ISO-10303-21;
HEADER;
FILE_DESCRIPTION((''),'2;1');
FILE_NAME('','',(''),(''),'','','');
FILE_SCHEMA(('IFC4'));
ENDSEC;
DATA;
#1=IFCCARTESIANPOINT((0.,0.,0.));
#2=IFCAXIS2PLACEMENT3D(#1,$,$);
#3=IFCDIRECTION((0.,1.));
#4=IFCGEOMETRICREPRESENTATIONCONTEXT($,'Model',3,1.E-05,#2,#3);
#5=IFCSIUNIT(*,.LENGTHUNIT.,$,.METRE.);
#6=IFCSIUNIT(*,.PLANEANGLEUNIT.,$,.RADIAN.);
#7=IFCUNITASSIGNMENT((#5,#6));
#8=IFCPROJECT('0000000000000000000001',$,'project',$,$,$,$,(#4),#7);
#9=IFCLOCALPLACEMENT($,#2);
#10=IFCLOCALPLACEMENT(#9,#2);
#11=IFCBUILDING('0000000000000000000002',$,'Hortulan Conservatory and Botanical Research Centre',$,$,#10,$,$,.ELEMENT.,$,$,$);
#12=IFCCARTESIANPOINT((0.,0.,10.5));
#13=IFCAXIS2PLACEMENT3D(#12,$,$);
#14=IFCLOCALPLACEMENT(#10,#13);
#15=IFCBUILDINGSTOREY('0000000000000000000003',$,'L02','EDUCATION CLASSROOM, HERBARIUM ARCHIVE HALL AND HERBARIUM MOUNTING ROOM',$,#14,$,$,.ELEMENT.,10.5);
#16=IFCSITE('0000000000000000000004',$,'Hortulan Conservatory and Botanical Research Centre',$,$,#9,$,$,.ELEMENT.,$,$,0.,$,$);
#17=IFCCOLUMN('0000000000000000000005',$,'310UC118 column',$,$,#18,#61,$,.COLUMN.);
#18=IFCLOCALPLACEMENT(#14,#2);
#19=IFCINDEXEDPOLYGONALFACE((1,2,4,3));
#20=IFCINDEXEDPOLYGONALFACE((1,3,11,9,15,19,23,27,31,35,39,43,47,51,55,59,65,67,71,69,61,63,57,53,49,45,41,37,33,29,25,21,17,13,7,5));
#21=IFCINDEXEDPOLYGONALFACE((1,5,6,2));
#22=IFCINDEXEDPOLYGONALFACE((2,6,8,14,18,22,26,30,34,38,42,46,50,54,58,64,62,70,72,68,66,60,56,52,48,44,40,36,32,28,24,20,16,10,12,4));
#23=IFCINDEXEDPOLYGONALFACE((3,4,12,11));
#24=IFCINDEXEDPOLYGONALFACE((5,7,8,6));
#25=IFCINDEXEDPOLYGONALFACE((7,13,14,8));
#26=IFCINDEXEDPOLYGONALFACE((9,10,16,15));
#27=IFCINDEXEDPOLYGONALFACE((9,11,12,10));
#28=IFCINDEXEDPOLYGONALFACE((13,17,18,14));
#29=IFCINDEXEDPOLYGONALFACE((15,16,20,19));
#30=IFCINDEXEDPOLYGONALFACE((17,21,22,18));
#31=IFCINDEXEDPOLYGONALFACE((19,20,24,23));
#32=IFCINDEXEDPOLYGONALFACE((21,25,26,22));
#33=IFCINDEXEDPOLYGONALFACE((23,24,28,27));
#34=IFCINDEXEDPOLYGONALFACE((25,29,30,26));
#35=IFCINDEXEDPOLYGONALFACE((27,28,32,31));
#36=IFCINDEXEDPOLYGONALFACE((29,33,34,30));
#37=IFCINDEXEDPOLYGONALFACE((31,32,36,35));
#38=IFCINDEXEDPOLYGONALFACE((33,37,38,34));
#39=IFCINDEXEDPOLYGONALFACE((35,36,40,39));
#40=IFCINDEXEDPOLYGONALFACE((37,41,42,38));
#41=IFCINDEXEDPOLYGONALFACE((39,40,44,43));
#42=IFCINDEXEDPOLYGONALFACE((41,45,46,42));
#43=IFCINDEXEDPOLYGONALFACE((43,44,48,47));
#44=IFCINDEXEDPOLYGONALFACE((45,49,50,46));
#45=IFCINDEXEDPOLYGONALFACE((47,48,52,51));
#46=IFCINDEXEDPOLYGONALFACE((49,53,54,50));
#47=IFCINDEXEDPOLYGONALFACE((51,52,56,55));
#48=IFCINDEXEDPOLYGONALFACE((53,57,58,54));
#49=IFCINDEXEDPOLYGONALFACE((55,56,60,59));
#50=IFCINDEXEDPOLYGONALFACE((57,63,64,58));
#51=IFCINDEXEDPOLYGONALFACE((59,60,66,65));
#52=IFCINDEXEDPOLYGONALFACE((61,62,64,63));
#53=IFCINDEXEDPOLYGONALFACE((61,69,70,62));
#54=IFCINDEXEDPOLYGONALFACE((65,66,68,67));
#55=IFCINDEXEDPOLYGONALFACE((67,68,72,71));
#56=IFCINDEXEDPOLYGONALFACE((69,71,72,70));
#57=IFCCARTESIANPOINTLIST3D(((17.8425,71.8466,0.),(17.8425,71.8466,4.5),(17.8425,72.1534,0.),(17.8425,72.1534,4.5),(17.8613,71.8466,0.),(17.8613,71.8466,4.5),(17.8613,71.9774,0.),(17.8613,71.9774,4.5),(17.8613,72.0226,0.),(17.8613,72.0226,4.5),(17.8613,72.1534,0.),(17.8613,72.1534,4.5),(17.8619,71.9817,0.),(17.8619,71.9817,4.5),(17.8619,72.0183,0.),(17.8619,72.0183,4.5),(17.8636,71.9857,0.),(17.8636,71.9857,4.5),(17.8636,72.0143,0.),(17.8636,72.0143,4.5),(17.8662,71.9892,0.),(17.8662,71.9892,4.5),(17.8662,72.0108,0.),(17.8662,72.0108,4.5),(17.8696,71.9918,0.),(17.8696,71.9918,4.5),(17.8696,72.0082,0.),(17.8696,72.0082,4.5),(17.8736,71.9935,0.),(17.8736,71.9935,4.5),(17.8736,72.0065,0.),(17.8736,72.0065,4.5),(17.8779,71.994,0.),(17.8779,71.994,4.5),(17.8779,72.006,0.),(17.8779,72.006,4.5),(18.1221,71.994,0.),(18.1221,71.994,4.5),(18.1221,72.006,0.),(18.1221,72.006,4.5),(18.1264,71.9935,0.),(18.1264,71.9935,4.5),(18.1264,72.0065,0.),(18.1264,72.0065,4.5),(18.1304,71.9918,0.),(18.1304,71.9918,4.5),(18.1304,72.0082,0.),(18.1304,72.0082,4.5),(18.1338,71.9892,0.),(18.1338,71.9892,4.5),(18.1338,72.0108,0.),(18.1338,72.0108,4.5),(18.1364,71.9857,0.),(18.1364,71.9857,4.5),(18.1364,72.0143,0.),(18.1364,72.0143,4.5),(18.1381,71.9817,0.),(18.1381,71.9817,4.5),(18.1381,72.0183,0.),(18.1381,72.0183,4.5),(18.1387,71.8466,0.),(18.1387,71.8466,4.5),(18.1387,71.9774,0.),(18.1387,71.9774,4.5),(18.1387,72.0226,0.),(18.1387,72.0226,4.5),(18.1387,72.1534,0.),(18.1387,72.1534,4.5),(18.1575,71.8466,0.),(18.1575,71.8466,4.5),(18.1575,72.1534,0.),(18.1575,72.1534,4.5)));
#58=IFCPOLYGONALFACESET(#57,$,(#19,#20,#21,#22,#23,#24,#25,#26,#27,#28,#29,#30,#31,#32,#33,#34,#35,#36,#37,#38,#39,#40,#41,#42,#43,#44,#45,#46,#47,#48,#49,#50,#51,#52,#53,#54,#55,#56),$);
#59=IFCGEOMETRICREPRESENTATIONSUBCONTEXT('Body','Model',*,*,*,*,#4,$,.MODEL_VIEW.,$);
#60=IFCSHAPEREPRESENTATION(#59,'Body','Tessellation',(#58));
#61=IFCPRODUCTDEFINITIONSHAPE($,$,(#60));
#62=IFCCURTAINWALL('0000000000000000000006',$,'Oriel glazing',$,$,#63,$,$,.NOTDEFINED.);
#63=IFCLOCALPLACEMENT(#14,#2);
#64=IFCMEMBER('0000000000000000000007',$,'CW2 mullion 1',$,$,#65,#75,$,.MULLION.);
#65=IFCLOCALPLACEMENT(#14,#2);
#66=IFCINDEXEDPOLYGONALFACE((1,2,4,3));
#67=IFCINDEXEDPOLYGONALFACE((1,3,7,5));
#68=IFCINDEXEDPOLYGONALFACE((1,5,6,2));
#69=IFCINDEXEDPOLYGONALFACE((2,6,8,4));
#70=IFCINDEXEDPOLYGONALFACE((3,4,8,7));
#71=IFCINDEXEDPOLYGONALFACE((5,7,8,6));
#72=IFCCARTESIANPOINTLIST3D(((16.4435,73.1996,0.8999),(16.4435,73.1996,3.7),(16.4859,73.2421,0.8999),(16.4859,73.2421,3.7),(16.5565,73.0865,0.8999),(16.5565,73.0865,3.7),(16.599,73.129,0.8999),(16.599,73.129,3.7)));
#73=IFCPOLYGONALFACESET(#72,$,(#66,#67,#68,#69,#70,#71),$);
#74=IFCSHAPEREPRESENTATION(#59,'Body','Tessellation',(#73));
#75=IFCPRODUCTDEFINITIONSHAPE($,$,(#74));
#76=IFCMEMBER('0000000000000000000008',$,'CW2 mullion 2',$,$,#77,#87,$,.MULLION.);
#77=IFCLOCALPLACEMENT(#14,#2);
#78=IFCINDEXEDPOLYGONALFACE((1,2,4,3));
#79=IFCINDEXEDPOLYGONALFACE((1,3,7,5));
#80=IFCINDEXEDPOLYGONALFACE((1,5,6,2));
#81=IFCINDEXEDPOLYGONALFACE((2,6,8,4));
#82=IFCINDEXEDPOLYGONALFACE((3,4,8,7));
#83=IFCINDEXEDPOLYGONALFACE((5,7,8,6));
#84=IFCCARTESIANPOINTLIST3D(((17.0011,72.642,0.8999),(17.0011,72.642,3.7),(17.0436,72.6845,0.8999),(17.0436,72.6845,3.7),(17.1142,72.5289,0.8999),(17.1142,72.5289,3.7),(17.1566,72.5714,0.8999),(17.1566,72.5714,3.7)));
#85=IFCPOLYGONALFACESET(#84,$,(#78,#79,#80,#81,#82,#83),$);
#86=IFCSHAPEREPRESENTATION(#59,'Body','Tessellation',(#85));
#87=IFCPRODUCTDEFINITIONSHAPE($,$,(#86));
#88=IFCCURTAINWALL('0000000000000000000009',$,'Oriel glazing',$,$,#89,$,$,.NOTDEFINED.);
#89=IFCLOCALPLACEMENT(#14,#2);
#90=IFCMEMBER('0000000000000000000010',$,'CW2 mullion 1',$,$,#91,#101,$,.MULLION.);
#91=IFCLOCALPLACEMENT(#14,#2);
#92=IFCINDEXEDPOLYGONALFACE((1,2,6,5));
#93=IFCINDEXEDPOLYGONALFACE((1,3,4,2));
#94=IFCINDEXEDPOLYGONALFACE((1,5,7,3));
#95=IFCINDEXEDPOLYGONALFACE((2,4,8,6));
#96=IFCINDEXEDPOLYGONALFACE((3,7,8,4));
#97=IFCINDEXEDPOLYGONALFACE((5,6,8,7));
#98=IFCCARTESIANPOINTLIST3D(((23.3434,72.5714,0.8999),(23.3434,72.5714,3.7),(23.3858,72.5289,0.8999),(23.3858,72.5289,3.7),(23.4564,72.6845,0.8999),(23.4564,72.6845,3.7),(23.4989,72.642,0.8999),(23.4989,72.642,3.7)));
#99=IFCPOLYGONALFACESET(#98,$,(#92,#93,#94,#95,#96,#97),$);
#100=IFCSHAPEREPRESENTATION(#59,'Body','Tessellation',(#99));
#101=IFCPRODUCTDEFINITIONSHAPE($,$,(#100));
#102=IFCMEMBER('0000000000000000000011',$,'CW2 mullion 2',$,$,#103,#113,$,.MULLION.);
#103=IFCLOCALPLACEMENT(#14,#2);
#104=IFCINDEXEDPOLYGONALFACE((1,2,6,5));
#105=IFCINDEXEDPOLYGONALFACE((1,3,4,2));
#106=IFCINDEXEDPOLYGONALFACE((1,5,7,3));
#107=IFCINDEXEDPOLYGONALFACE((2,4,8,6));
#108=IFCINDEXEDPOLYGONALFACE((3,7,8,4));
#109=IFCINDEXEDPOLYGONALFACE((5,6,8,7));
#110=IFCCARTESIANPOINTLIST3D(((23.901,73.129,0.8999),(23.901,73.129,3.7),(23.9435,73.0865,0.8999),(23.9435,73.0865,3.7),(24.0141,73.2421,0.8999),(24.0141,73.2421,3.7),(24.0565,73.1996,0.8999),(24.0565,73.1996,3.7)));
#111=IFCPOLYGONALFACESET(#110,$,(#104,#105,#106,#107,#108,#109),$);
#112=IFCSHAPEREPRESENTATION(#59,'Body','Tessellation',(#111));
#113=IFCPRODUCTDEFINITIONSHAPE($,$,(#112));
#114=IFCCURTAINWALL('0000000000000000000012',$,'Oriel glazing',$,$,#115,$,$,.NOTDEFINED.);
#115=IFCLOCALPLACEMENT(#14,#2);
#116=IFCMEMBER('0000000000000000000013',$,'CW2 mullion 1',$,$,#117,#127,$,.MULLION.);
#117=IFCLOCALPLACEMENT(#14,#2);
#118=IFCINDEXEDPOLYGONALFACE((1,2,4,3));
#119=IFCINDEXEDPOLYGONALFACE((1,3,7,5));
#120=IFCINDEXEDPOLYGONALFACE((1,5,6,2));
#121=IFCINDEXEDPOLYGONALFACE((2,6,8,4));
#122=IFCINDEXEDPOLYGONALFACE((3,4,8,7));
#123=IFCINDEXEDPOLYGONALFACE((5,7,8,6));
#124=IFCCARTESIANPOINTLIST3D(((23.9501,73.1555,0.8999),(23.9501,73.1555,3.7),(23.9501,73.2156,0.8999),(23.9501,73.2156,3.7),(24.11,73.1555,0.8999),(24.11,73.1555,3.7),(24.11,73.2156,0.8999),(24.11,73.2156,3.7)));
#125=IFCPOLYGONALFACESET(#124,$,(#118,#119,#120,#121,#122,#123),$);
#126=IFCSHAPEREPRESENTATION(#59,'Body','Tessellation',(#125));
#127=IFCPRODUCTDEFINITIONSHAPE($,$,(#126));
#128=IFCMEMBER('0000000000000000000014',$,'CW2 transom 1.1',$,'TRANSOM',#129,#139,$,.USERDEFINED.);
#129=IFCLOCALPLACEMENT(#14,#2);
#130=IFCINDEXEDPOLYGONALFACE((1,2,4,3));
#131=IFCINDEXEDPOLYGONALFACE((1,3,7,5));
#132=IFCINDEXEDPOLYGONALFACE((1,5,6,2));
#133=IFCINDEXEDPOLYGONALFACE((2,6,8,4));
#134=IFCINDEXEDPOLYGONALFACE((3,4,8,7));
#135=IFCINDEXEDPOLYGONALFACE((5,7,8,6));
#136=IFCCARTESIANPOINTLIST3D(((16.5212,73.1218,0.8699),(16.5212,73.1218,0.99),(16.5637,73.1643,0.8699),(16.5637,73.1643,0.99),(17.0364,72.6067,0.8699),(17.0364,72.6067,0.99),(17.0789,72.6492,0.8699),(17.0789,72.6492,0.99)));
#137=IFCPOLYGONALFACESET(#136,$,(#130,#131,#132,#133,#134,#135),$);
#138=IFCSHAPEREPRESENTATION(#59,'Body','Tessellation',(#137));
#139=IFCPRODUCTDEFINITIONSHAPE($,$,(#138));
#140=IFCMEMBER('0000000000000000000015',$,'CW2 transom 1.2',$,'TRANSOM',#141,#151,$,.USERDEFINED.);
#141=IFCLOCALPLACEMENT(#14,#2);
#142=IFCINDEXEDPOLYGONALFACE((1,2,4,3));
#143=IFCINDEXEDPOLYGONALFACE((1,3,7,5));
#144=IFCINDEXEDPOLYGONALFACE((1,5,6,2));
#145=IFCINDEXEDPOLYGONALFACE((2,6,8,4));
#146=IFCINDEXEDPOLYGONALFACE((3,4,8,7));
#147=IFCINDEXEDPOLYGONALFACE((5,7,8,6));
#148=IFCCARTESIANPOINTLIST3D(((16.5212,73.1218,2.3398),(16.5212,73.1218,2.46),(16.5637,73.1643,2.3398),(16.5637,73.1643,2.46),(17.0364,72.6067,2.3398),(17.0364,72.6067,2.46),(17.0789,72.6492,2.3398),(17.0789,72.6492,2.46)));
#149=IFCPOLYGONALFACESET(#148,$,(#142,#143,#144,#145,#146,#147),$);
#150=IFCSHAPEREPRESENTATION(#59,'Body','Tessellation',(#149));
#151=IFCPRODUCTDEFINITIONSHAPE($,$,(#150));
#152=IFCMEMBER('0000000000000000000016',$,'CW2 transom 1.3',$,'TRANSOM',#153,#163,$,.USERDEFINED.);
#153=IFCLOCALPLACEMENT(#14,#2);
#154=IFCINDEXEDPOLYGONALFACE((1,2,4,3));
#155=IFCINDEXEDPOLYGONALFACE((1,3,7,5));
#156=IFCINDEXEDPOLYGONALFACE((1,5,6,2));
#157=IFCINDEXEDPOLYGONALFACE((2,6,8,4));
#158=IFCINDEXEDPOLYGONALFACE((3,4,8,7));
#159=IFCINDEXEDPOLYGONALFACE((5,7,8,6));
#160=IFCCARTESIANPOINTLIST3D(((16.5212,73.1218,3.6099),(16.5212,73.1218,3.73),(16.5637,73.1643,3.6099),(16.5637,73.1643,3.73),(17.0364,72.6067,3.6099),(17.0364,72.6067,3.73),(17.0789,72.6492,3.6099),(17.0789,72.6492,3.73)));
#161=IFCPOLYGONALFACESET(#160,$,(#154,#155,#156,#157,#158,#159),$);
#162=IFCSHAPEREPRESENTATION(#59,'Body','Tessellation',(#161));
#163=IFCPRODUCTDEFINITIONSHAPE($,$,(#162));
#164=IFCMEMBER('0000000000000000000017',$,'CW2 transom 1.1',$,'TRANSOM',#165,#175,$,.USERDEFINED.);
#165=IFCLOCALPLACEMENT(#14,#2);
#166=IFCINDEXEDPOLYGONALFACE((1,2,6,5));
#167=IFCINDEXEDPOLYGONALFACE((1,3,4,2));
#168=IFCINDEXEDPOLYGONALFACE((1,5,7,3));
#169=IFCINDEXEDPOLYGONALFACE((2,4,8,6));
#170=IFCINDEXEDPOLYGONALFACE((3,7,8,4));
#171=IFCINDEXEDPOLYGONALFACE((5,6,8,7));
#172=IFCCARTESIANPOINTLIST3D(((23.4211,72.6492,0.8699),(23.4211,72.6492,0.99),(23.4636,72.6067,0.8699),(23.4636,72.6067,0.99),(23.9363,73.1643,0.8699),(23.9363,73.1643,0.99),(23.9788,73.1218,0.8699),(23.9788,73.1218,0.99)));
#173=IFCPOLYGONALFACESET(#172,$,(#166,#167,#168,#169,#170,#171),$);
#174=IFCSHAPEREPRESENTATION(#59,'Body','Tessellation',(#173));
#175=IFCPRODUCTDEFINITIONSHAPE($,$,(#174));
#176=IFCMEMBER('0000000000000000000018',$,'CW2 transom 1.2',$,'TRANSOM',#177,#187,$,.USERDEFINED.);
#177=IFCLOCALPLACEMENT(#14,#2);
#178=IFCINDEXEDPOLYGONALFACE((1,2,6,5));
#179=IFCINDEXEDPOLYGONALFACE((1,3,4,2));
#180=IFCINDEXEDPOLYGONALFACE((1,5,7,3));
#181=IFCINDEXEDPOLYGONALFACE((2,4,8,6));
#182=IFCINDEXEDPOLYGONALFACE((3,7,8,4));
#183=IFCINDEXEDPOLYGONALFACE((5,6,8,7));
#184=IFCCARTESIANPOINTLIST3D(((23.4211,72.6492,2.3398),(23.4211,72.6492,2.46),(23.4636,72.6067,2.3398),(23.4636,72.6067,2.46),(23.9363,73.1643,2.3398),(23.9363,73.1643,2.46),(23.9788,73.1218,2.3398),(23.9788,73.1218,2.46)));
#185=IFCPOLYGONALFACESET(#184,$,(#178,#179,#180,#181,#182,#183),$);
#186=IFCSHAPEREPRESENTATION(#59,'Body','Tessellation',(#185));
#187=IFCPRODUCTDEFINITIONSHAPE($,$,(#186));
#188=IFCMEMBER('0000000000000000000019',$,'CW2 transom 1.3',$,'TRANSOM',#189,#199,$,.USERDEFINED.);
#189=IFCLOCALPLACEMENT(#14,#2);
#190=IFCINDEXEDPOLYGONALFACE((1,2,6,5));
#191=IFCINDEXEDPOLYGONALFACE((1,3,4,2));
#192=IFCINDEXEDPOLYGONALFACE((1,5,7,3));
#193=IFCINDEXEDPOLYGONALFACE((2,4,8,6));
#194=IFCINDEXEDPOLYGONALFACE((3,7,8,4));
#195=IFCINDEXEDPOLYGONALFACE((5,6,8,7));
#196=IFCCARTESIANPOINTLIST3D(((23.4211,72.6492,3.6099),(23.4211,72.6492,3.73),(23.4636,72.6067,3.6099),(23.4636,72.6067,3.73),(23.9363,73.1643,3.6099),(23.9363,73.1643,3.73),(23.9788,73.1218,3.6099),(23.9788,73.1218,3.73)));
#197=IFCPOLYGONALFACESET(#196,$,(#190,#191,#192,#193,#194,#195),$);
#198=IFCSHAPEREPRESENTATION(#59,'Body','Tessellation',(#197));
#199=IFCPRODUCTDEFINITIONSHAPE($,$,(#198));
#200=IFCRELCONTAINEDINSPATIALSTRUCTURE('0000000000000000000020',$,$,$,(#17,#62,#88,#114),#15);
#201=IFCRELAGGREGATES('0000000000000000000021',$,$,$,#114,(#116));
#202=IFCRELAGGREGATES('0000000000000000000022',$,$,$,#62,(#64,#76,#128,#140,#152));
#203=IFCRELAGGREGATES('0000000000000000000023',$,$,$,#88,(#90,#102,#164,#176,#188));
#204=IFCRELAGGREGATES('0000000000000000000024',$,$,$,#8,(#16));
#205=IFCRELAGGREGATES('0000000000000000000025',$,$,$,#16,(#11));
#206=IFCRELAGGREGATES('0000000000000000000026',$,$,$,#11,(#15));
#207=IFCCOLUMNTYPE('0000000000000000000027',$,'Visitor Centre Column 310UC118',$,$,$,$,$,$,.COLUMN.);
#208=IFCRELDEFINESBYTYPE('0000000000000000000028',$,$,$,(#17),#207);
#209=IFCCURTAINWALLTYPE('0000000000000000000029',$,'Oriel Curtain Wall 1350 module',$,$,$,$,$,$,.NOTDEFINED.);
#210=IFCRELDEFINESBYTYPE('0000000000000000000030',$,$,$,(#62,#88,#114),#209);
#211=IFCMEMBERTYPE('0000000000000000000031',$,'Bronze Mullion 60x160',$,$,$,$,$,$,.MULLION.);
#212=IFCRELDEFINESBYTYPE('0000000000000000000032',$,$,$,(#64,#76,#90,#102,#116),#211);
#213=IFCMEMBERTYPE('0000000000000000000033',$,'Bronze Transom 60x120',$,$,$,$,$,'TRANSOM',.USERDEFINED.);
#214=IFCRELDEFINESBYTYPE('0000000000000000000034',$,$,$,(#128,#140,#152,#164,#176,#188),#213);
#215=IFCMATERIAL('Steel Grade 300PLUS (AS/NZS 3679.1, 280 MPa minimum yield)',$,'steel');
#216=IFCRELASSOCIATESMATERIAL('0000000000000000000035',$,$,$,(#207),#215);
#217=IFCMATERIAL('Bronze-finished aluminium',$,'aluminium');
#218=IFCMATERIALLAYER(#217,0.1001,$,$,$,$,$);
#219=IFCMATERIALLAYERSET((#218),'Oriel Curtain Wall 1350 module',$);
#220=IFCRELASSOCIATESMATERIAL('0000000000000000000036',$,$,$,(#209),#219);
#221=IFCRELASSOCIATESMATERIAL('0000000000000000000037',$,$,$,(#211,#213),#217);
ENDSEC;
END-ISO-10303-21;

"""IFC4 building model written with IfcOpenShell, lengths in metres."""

from ifc_helpers import new_model, si_unit, direction, frame, origin, origin_2d, place, context, subcontext, project, spatial, rectangle, i_section, extrude, material, layer, layer_set, material_profile, profile_set, type_object, element, aggregate, save


model = new_model("IFC4")

# Units and contexts
model_context = context("Model", 3, precision=1e-05, world=origin(), true_north=direction((0.0, 1.0)))
body_context = subcontext(model_context, "Body", "Model", "MODEL_VIEW")
ifc_project = project(units=[si_unit("LENGTHUNIT", "METRE"), si_unit("PLANEANGLEUNIT", "RADIAN")], contexts=[model_context])

# Site, building, storey
site_placement = place(None, origin())
site = spatial("IfcSite", under=ifc_project, at=site_placement, Name="Hortulan Conservatory and Botanical Research Centre", CompositionType="ELEMENT", RefElevation=0.0)
building_placement = place(site_placement, origin())
building = spatial("IfcBuilding", under=site, at=building_placement, Name="Hortulan Conservatory and Botanical Research Centre", CompositionType="ELEMENT")
storey_placement = place(building_placement, frame((0.0, 0.0, 10.5)))
storey = spatial("IfcBuildingStorey", under=building, at=storey_placement, Name="L02", Description="EDUCATION CLASSROOM, HERBARIUM ARCHIVE HALL AND HERBARIUM MOUNTING ROOM", CompositionType="ELEMENT", Elevation=10.5)

# Column
ifc_material_1 = material(Name="Steel Grade 300PLUS (AS/NZS 3679.1, 280 MPa minimum yield)", Category="steel")
ifc_material_profile_1 = material_profile(ifc_material_1, i_section(OverallWidth=0.3069, OverallDepth=0.3149, WebThickness=0.012, FlangeThickness=0.0188, FilletRadius=0.0166, at=origin_2d()), Name="310UC118")
ifc_profile_set_1 = profile_set([ifc_material_profile_1], Name="Steel Grade 300PLUS (AS/NZS 3679.1, 280 MPa minimum yield)")
column_type = type_object("IfcColumnType", Name="Visitor Centre Column 310UC118", PredefinedType="COLUMN", material=ifc_profile_set_1)
column_placement = place(storey_placement, frame((18.0, 72.0, 0.0), z_axis=(0.0, 0.0, 1.0), x_axis=(0.0, 1.0, 0.0)))
element("IfcColumn", 1, at=column_placement, inside=storey, type_object=column_type, Name="310UC118 column", PredefinedType="COLUMN", context=body_context, shape_type="SweptSolid", body=[
    extrude(i_section(OverallWidth=0.3069, OverallDepth=0.3149, WebThickness=0.012, FlangeThickness=0.0188, FilletRadius=0.0166, at=origin_2d()), origin(), (0.0, 0.0, 1.0), 4.5),
])

# Curtain walls, members
ifc_material_2 = material(Name="Bronze-finished aluminium", Category="aluminium")
ifc_layer_1 = layer(ifc_material_2, 0.1001)
ifc_layer_set_1 = layer_set([ifc_layer_1], Name="Oriel Curtain Wall 1350 module")
curtain_wall_type = type_object("IfcCurtainWallType", Name="Oriel Curtain Wall 1350 module", PredefinedType="NOTDEFINED", material=ifc_layer_set_1)
curtain_wall_1_placement = place(storey_placement, origin())
curtain_wall_1 = element("IfcCurtainWall", 2, at=curtain_wall_1_placement, inside=storey, type_object=curtain_wall_type, Name="Oriel glazing", PredefinedType="NOTDEFINED")
ifc_material_profile_2 = material_profile(ifc_material_2, rectangle(XDim=0.0601, YDim=0.1599, at=origin_2d()), Name="Bronze Mullion 60x160")
ifc_profile_set_2 = profile_set([ifc_material_profile_2], Name="Bronze-finished aluminium")
member_type_1 = type_object("IfcMemberType", Name="Bronze Mullion 60x160", PredefinedType="MULLION", material=ifc_profile_set_2)
member_1_placement = place(storey_placement, frame((16.5212, 73.1643, 0.8999), z_axis=(0.0, 0.0, 1.0), x_axis=(0.707107, 0.707107, 0.0)))
member_1 = element("IfcMember", 3, at=member_1_placement, type_object=member_type_1, Name="CW2 mullion 1", PredefinedType="MULLION", context=body_context, shape_type="SweptSolid", body=[
    extrude(rectangle(XDim=0.0601, YDim=0.1599, at=origin_2d()), origin(), (0.0, 0.0, 1.0), 2.8),
])
member_2_placement = place(storey_placement, frame((17.0789, 72.6067, 0.8999), z_axis=(0.0, 0.0, 1.0), x_axis=(0.707107, 0.707107, 0.0)))
member_2 = element("IfcMember", 4, at=member_2_placement, type_object=member_type_1, Name="CW2 mullion 2", PredefinedType="MULLION", context=body_context, shape_type="SweptSolid", body=[
    extrude(rectangle(XDim=0.0601, YDim=0.1599, at=origin_2d()), origin(), (0.0, 0.0, 1.0), 2.8),
])
curtain_wall_2_placement = place(storey_placement, origin())
curtain_wall_2 = element("IfcCurtainWall", 5, at=curtain_wall_2_placement, inside=storey, type_object=curtain_wall_type, Name="Oriel glazing", PredefinedType="NOTDEFINED")
member_3_placement = place(storey_placement, frame((23.4211, 72.6067, 0.8999), z_axis=(0.0, 0.0, 1.0), x_axis=(-0.707107, 0.707107, 0.0)))
member_3 = element("IfcMember", 6, at=member_3_placement, type_object=member_type_1, Name="CW2 mullion 1", PredefinedType="MULLION", context=body_context, shape_type="SweptSolid", body=[
    extrude(rectangle(XDim=0.0601, YDim=0.1599, at=origin_2d()), origin(), (0.0, 0.0, 1.0), 2.8),
])
member_4_placement = place(storey_placement, frame((23.9788, 73.1643, 0.8999), z_axis=(0.0, 0.0, 1.0), x_axis=(-0.707107, 0.707107, 0.0)))
member_4 = element("IfcMember", 7, at=member_4_placement, type_object=member_type_1, Name="CW2 mullion 2", PredefinedType="MULLION", context=body_context, shape_type="SweptSolid", body=[
    extrude(rectangle(XDim=0.0601, YDim=0.1599, at=origin_2d()), origin(), (0.0, 0.0, 1.0), 2.8),
])

# Curtain wall, member
curtain_wall_3_placement = place(storey_placement, origin())
curtain_wall_3 = element("IfcCurtainWall", 8, at=curtain_wall_3_placement, inside=storey, type_object=curtain_wall_type, Name="Oriel glazing", PredefinedType="NOTDEFINED")
member_5_placement = place(storey_placement, frame((24.03, 73.1855, 0.8999), z_axis=(0.0, 0.0, 1.0), x_axis=(0.0, 1.0, 0.0)))
member_5 = element("IfcMember", 9, at=member_5_placement, type_object=member_type_1, Name="CW2 mullion 1", PredefinedType="MULLION", context=body_context, shape_type="SweptSolid", body=[
    extrude(rectangle(XDim=0.0601, YDim=0.1599, at=origin_2d()), origin(), (0.0, 0.0, 1.0), 2.8),
])

# Members
ifc_material_profile_3 = material_profile(ifc_material_2, rectangle(XDim=0.0601, YDim=0.1201, at=origin_2d()), Name="Bronze Transom 60x120")
ifc_profile_set_3 = profile_set([ifc_material_profile_3], Name="Bronze-finished aluminium")
member_type_2 = type_object("IfcMemberType", Name="Bronze Transom 60x120", ElementType="TRANSOM", PredefinedType="USERDEFINED", material=ifc_profile_set_3)
member_6_placement = place(storey_placement, frame((16.5425, 73.1431, 0.9299), z_axis=(0.707107, -0.707107, 0.0), x_axis=(0.707107, 0.707107, 0.0)))
member_6 = element("IfcMember", 10, at=member_6_placement, type_object=member_type_2, Name="CW2 transom 1.1", ObjectType="TRANSOM", PredefinedType="USERDEFINED", context=body_context, shape_type="SweptSolid", body=[
    extrude(rectangle(XDim=0.0601, YDim=0.1201, at=origin_2d()), origin(), (0.0, 0.0, 1.0), 0.7285),
])
member_7_placement = place(storey_placement, frame((16.5425, 73.1431, 2.3999), z_axis=(0.707107, -0.707107, 0.0), x_axis=(0.707107, 0.707107, 0.0)))
member_7 = element("IfcMember", 11, at=member_7_placement, type_object=member_type_2, Name="CW2 transom 1.2", ObjectType="TRANSOM", PredefinedType="USERDEFINED", context=body_context, shape_type="SweptSolid", body=[
    extrude(rectangle(XDim=0.0601, YDim=0.1201, at=origin_2d()), origin(), (0.0, 0.0, 1.0), 0.7285),
])
member_8_placement = place(storey_placement, frame((16.5425, 73.1431, 3.6699), z_axis=(0.707107, -0.707107, 0.0), x_axis=(0.707107, 0.707107, 0.0)))
member_8 = element("IfcMember", 12, at=member_8_placement, type_object=member_type_2, Name="CW2 transom 1.3", ObjectType="TRANSOM", PredefinedType="USERDEFINED", context=body_context, shape_type="SweptSolid", body=[
    extrude(rectangle(XDim=0.0601, YDim=0.1201, at=origin_2d()), origin(), (0.0, 0.0, 1.0), 0.7285),
])
member_9_placement = place(storey_placement, frame((23.4424, 72.6279, 0.9299), z_axis=(0.707107, 0.707107, 0.0), x_axis=(-0.707107, 0.707107, 0.0)))
member_9 = element("IfcMember", 13, at=member_9_placement, type_object=member_type_2, Name="CW2 transom 1.1", ObjectType="TRANSOM", PredefinedType="USERDEFINED", context=body_context, shape_type="SweptSolid", body=[
    extrude(rectangle(XDim=0.0601, YDim=0.1201, at=origin_2d()), origin(), (0.0, 0.0, 1.0), 0.7285),
])
member_10_placement = place(storey_placement, frame((23.4424, 72.6279, 2.3999), z_axis=(0.707107, 0.707107, 0.0), x_axis=(-0.707107, 0.707107, 0.0)))
member_10 = element("IfcMember", 14, at=member_10_placement, type_object=member_type_2, Name="CW2 transom 1.2", ObjectType="TRANSOM", PredefinedType="USERDEFINED", context=body_context, shape_type="SweptSolid", body=[
    extrude(rectangle(XDim=0.0601, YDim=0.1201, at=origin_2d()), origin(), (0.0, 0.0, 1.0), 0.7285),
])
member_11_placement = place(storey_placement, frame((23.4424, 72.6279, 3.6699), z_axis=(0.707107, 0.707107, 0.0), x_axis=(-0.707107, 0.707107, 0.0)))
member_11 = element("IfcMember", 15, at=member_11_placement, type_object=member_type_2, Name="CW2 transom 1.3", ObjectType="TRANSOM", PredefinedType="USERDEFINED", context=body_context, shape_type="SweptSolid", body=[
    extrude(rectangle(XDim=0.0601, YDim=0.1201, at=origin_2d()), origin(), (0.0, 0.0, 1.0), 0.7285),
])
aggregate(curtain_wall_3, [member_5])

aggregate(curtain_wall_1, [member_1, member_2, member_6, member_7, member_8])
aggregate(curtain_wall_2, [member_3, member_4, member_9, member_10, member_11])

save(model, "model.ifc")
